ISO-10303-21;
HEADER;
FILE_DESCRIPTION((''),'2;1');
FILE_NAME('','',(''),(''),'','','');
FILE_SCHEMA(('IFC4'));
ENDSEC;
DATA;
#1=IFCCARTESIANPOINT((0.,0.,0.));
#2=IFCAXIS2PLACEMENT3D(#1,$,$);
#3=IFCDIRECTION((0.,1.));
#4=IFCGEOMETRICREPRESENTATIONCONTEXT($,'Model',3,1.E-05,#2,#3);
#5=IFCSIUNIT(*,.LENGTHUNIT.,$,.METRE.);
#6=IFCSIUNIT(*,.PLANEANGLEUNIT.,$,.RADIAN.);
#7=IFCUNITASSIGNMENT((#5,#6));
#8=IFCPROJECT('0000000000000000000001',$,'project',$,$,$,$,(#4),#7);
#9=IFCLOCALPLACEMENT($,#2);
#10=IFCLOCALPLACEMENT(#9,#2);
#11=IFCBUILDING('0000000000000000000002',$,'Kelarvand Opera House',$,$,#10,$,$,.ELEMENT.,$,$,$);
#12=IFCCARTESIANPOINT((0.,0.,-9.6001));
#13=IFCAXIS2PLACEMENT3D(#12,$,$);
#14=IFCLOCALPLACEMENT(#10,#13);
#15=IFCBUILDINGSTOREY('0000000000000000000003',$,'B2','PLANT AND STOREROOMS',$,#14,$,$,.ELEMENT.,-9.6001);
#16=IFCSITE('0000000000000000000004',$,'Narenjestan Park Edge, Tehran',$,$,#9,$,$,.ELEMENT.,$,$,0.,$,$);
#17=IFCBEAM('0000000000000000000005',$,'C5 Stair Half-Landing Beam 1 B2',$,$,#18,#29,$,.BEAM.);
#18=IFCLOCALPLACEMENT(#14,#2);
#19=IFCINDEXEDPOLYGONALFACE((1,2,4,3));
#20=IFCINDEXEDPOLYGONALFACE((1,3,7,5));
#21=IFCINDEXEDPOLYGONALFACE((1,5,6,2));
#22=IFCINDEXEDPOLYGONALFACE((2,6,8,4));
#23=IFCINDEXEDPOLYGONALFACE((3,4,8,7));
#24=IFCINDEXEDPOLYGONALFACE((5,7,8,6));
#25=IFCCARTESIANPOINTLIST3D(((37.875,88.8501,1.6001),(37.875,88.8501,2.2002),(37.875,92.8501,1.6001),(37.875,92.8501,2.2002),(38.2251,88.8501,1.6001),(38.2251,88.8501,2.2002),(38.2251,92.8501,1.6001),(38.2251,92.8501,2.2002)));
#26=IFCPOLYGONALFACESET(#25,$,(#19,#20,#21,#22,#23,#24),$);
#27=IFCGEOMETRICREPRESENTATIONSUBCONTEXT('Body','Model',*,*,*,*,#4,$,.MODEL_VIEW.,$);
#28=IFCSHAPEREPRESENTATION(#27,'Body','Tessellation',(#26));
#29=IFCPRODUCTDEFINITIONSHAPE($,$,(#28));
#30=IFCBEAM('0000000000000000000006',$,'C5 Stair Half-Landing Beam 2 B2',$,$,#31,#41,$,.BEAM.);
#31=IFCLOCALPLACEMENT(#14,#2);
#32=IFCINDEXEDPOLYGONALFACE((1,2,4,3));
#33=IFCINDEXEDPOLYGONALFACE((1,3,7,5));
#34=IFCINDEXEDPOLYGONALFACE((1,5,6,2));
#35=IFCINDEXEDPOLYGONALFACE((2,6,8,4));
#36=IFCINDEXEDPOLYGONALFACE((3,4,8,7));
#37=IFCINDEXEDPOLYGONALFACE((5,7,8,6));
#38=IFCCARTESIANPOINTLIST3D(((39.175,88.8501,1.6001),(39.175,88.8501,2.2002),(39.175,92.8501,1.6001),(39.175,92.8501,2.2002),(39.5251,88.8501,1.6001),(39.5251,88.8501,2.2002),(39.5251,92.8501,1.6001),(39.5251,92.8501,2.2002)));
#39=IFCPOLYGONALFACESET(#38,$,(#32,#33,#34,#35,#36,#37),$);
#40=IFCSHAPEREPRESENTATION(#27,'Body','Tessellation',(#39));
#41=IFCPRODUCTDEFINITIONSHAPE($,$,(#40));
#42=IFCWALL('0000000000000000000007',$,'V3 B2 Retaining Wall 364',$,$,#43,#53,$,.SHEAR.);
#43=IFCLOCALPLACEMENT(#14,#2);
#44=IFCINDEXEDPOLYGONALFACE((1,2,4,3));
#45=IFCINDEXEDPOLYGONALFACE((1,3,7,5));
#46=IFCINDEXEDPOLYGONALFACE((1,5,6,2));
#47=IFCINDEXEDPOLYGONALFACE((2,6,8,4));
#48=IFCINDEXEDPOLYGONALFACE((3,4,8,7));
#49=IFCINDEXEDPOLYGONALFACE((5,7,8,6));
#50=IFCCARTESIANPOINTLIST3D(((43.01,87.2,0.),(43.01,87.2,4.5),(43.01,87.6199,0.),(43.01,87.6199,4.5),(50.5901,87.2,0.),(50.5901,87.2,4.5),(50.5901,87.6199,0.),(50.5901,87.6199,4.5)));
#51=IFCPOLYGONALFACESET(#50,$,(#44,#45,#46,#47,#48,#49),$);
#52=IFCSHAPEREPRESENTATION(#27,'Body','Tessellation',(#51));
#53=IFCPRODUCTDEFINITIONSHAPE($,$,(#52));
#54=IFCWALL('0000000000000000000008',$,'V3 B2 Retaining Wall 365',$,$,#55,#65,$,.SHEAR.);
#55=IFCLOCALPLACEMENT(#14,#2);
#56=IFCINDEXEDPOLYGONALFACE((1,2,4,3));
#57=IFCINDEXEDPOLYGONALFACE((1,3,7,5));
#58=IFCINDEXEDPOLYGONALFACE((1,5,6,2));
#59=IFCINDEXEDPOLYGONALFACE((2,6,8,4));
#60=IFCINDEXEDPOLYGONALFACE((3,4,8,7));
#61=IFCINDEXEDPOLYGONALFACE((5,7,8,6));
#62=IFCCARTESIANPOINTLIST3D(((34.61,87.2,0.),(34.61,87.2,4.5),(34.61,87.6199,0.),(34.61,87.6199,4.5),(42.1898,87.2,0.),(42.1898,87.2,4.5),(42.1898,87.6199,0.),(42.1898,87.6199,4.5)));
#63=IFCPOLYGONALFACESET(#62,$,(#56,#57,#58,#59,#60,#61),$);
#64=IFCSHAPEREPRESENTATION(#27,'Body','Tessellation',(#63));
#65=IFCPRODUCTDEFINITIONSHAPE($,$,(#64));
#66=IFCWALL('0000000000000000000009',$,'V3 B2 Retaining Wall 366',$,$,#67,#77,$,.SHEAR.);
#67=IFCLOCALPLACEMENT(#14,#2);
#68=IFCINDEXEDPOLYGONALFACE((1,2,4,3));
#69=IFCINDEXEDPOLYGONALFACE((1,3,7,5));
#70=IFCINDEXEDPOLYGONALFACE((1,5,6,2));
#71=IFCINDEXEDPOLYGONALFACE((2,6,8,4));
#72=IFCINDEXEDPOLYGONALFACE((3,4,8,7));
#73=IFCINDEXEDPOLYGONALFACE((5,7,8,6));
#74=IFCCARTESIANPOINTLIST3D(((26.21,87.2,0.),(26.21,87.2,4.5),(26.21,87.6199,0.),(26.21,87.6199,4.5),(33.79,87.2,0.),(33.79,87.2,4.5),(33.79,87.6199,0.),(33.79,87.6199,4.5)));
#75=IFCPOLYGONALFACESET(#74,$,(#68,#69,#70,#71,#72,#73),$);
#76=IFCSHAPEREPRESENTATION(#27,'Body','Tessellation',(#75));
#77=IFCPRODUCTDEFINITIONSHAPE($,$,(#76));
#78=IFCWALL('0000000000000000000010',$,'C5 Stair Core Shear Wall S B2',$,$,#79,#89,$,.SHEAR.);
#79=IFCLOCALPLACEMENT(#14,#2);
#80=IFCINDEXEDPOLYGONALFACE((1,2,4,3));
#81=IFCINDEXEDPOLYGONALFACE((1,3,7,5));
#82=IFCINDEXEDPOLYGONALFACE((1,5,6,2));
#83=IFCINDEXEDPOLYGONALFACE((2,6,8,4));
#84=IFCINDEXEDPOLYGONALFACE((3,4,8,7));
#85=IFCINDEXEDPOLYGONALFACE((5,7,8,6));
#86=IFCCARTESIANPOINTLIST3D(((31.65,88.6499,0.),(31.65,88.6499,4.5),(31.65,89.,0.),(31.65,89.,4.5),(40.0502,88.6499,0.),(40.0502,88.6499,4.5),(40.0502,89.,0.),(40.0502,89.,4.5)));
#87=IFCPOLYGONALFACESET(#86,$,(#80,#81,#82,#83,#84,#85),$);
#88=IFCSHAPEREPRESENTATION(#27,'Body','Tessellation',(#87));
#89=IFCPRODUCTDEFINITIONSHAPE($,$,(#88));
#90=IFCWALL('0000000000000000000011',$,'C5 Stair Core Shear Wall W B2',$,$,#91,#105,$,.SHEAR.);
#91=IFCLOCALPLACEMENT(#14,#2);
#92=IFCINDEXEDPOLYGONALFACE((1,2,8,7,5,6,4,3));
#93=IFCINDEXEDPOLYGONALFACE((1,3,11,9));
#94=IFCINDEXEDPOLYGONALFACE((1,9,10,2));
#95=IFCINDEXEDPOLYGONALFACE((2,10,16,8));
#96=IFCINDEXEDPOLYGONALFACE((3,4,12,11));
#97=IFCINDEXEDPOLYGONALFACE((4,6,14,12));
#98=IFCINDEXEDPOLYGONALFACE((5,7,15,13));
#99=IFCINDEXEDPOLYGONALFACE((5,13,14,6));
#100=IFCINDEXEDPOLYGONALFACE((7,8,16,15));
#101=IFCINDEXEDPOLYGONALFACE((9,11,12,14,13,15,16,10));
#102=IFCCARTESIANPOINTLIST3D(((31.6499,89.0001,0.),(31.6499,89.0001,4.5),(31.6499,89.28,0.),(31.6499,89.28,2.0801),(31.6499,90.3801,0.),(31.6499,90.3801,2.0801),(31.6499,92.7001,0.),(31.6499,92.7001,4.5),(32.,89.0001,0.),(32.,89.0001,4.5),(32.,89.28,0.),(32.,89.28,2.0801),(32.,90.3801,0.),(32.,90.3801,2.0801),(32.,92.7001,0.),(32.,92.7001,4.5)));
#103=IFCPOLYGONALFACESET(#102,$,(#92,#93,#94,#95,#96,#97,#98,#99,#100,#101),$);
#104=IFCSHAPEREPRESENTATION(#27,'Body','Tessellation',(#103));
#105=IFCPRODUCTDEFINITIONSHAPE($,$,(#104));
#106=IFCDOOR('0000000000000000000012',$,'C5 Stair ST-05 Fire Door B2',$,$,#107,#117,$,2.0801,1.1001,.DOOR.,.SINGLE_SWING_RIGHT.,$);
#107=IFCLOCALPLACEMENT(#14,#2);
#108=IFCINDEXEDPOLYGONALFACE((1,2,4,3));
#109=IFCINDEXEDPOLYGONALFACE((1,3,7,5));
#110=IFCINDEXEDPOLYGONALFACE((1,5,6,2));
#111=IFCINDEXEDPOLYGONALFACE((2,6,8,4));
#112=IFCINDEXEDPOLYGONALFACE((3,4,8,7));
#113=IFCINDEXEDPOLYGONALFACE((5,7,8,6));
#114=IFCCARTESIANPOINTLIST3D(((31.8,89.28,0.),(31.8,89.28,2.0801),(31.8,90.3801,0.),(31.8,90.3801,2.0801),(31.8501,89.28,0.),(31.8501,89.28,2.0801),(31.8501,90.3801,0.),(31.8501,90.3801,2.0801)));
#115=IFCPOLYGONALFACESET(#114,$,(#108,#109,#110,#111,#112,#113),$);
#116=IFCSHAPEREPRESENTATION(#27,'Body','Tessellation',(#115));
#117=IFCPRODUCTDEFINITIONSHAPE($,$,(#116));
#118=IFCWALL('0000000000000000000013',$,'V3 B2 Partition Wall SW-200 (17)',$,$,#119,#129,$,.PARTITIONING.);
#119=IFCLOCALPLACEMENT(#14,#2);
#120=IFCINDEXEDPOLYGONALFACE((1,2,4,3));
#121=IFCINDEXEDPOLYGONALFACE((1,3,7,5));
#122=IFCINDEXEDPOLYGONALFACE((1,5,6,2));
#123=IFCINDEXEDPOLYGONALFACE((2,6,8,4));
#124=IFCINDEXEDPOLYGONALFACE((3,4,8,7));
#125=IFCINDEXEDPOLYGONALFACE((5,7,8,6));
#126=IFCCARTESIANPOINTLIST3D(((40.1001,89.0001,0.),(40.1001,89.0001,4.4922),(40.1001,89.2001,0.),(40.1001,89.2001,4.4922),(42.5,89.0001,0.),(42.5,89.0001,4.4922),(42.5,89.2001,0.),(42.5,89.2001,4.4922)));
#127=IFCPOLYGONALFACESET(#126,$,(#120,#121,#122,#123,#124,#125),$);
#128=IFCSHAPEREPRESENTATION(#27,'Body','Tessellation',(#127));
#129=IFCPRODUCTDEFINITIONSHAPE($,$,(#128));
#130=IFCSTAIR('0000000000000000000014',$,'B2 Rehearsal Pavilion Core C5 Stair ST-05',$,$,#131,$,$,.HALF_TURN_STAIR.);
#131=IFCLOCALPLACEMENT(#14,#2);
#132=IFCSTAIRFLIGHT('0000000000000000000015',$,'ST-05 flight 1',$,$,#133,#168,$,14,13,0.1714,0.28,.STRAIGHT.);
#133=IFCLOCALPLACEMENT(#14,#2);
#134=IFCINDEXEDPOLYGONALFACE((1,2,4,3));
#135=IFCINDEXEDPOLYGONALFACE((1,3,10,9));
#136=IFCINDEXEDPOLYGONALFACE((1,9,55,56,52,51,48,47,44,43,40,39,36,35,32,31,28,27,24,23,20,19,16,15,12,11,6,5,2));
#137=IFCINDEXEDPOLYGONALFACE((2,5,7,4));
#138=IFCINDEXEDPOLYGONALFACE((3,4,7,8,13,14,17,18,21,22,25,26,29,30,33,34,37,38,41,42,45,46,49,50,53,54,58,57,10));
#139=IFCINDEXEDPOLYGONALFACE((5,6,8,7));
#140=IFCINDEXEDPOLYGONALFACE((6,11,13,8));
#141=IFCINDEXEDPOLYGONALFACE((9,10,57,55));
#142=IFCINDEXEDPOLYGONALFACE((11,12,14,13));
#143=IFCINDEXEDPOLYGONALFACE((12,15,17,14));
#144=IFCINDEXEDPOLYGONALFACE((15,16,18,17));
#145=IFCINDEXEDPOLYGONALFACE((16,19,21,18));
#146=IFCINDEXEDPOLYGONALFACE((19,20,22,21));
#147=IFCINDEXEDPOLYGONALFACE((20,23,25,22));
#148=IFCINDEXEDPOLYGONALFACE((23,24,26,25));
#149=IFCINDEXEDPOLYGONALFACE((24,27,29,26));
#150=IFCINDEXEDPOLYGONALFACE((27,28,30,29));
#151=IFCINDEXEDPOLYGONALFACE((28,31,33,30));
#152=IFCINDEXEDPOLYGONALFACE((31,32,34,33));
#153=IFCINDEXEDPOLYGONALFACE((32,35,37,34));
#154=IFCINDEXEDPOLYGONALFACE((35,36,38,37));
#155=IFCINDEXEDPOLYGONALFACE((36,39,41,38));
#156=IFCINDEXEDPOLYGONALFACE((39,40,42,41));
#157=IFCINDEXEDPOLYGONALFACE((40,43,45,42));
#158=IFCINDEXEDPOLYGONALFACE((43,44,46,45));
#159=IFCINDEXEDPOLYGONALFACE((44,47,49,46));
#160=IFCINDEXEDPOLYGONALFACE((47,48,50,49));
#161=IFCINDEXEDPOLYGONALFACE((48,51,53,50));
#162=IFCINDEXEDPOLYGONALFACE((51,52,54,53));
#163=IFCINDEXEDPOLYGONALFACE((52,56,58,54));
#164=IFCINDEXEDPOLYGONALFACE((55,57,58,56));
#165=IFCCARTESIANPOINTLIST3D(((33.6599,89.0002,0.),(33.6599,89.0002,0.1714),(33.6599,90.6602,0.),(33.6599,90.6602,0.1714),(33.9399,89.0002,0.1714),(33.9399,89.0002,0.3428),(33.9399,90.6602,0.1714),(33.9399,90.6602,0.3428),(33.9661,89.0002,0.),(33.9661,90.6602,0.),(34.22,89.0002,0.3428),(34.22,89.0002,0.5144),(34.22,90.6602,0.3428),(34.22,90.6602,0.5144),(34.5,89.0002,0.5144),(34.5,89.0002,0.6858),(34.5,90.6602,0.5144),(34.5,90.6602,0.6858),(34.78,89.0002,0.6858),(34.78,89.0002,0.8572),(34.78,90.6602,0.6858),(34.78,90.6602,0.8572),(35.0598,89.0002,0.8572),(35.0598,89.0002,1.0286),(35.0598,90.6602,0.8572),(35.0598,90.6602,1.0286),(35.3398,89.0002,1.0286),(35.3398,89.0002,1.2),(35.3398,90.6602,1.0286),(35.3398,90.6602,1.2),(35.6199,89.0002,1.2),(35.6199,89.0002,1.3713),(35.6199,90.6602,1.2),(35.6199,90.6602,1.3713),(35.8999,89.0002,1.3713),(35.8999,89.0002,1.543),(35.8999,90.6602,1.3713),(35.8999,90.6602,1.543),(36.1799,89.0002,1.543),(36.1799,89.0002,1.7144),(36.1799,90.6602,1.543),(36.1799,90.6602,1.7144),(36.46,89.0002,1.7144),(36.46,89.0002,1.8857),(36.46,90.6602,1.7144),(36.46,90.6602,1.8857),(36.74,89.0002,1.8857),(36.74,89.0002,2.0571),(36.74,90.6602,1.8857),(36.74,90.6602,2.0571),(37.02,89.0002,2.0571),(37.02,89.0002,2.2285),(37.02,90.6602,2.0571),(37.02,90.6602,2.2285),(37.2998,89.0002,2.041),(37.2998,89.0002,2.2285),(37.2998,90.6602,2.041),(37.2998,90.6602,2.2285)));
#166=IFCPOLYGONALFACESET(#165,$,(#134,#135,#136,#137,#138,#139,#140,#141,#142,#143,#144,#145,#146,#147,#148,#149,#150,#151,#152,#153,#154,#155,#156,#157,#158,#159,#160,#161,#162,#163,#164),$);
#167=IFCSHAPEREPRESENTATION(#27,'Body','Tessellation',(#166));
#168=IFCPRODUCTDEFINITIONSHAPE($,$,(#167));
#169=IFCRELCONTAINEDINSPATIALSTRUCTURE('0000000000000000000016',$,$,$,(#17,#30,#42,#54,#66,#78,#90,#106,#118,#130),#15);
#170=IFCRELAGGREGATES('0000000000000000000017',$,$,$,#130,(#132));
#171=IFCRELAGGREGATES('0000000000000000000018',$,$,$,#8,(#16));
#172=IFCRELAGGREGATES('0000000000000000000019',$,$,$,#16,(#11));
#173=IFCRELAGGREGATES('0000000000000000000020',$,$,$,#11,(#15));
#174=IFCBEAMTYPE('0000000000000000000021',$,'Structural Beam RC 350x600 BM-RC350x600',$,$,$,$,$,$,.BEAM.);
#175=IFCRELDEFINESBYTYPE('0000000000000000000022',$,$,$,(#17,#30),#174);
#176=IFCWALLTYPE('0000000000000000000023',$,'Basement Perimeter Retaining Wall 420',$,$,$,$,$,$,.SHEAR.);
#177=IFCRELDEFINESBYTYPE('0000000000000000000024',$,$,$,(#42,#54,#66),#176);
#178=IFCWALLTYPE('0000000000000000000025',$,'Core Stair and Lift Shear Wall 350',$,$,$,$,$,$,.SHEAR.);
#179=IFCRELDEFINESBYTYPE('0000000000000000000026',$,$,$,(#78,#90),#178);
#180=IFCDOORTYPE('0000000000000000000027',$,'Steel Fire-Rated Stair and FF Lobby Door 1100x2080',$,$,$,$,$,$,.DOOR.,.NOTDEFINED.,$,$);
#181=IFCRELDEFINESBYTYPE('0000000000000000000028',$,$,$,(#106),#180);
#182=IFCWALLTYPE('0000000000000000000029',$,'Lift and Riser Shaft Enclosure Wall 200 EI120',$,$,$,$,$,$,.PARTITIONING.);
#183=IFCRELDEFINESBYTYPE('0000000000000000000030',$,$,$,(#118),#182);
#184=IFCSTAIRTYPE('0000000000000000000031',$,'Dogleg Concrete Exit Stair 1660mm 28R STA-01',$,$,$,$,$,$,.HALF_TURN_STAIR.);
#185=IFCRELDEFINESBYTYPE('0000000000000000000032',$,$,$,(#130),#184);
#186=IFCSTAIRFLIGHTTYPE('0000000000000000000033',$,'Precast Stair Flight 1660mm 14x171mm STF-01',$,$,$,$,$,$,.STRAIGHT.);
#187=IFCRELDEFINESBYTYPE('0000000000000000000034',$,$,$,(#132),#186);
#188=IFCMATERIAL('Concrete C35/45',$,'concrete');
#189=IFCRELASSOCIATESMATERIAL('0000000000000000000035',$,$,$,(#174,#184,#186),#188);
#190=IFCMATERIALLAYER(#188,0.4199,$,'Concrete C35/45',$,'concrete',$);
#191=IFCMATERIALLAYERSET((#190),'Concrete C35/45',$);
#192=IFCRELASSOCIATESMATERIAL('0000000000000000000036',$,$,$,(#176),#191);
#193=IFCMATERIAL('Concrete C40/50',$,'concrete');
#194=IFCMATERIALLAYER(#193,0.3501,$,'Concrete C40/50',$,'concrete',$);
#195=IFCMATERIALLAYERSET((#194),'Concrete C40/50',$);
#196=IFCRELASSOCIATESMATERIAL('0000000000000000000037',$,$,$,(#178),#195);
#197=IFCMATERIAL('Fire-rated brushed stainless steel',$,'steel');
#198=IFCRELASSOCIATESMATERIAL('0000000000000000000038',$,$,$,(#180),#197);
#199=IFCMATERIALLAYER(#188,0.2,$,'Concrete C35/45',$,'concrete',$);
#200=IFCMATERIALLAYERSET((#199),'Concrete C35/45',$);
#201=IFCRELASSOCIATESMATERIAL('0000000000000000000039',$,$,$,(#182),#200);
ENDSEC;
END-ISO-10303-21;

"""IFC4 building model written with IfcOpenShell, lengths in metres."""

from ifc_helpers import new_model, si_unit, direction, frame, frame_2d, origin, origin_2d, place, context, subcontext, project, spatial, polyline, rectangle, outline, extrude, material, layer, layer_set, material_profile, profile_set, type_object, element, fill, aggregate, save


model = new_model("IFC4")

# Units and contexts
model_context = context("Model", 3, precision=1e-05, world=origin(), true_north=direction((0.0, 1.0)))
body_context = subcontext(model_context, "Body", "Model", "MODEL_VIEW")
ifc_project = project(units=[si_unit("LENGTHUNIT", "METRE"), si_unit("PLANEANGLEUNIT", "RADIAN")], contexts=[model_context])

# Site, building, storey
site_placement = place(None, origin())
site = spatial("IfcSite", under=ifc_project, at=site_placement, Name="Narenjestan Park Edge, Tehran", CompositionType="ELEMENT", RefElevation=0.0)
building_placement = place(site_placement, origin())
building = spatial("IfcBuilding", under=site, at=building_placement, Name="Kelarvand Opera House", CompositionType="ELEMENT")
storey_placement = place(building_placement, frame((0.0, 0.0, -9.6001)))
storey = spatial("IfcBuildingStorey", under=building, at=storey_placement, Name="B2", Description="PLANT AND STOREROOMS", CompositionType="ELEMENT", Elevation=-9.6001)

# Shared definitions
ifc_material_1 = material(Name="Concrete C40/50", Category="concrete")

# Beams
ifc_material_2 = material(Name="Concrete C35/45", Category="concrete")
ifc_material_profile_1 = material_profile(ifc_material_2, rectangle(XDim=0.3501, YDim=0.6001, at=origin_2d()), Name="RC 350x600", Category="concrete")
ifc_profile_set_1 = profile_set([ifc_material_profile_1], Name="Concrete C35/45")
beam_type = type_object("IfcBeamType", Name="Structural Beam RC 350x600 BM-RC350x600", PredefinedType="BEAM", material=ifc_profile_set_1)
for number, where, z_axis, x_axis, name in (
    (1, (38.05, 88.8501, 1.9001), (0.0, 1.0, 0.0), (-1.0, 0.0, 0.0), "C5 Stair Half-Landing Beam 1 B2"),
    (2, (39.3501, 88.8501, 1.9001), (0.0, 1.0, 0.0), (-1.0, 0.0, 0.0), "C5 Stair Half-Landing Beam 2 B2"),
):
    element("IfcBeam", number, at=place(storey_placement, frame(where, z_axis=z_axis, x_axis=x_axis)), inside=storey, type_object=beam_type, Name=name, PredefinedType="BEAM", context=body_context, shape_type="SweptSolid", body=[
        extrude(rectangle(XDim=0.3501, YDim=0.6001, at=origin_2d()), origin(), (0.0, 0.0, 1.0), 4.0),
    ])

# Walls
ifc_layer_1 = layer(ifc_material_2, 0.4199, Name="Concrete C35/45", Category="concrete")
ifc_layer_set_1 = layer_set([ifc_layer_1], Name="Concrete C35/45")
wall_type_1 = type_object("IfcWallType", Name="Basement Perimeter Retaining Wall 420", PredefinedType="SHEAR", material=ifc_layer_set_1)
wall_1_placement = place(storey_placement, frame((50.5901, 87.4099, 0.0), z_axis=(0.0, 0.0, 1.0), x_axis=(-1.0, 0.0, 0.0)))
element("IfcWall", 3, at=wall_1_placement, inside=storey, type_object=wall_type_1, Name="V3 B2 Retaining Wall 364", PredefinedType="SHEAR", context=body_context, shape_type="SweptSolid", body=[
    extrude(rectangle(XDim=7.5801, YDim=0.4199, at=frame_2d((3.79, 0.0))), origin(), (0.0, 0.0, 1.0), 4.5),
])
wall_2_placement = place(storey_placement, frame((42.1899, 87.4099, 0.0), z_axis=(0.0, 0.0, 1.0), x_axis=(-1.0, 0.0, 0.0)))
element("IfcWall", 4, at=wall_2_placement, inside=storey, type_object=wall_type_1, Name="V3 B2 Retaining Wall 365", PredefinedType="SHEAR", context=body_context, shape_type="SweptSolid", body=[
    extrude(rectangle(XDim=7.5798, YDim=0.4199, at=frame_2d((3.79, 0.0))), origin(), (0.0, 0.0, 1.0), 4.5),
])
wall_3_placement = place(storey_placement, frame((33.79, 87.4099, 0.0), z_axis=(0.0, 0.0, 1.0), x_axis=(-1.0, 0.0, 0.0)))
element("IfcWall", 5, at=wall_3_placement, inside=storey, type_object=wall_type_1, Name="V3 B2 Retaining Wall 366", PredefinedType="SHEAR", context=body_context, shape_type="SweptSolid", body=[
    extrude(rectangle(XDim=7.5801, YDim=0.4199, at=frame_2d((3.79, 0.0))), origin(), (0.0, 0.0, 1.0), 4.5),
])
ifc_layer_2 = layer(ifc_material_1, 0.3501, Name="Concrete C40/50", Category="concrete")
ifc_layer_set_2 = layer_set([ifc_layer_2], Name="Concrete C40/50")
wall_type_2 = type_object("IfcWallType", Name="Core Stair and Lift Shear Wall 350", PredefinedType="SHEAR", material=ifc_layer_set_2)
wall_4_placement = place(storey_placement, frame((31.6499, 88.825, 0.0), z_axis=(0.0, 0.0, 1.0), x_axis=(1.0, 0.0, 0.0)))
element("IfcWall", 6, at=wall_4_placement, inside=storey, type_object=wall_type_2, Name="C5 Stair Core Shear Wall S B2", PredefinedType="SHEAR", context=body_context, shape_type="SweptSolid", body=[
    extrude(rectangle(XDim=8.4001, YDim=0.3501, at=frame_2d((4.2002, 0.0))), origin(), (0.0, 0.0, 1.0), 4.5),
])

# Wall, opening, door
wall_5_placement = place(storey_placement, frame((31.825, 89.0, 0.0), z_axis=(0.0, 0.0, 1.0), x_axis=(0.0, 1.0, 0.0)))
wall_5 = element("IfcWall", 7, at=wall_5_placement, inside=storey, type_object=wall_type_2, Name="C5 Stair Core Shear Wall W B2", PredefinedType="SHEAR", context=body_context, shape_type="SweptSolid", body=[
    extrude(rectangle(XDim=3.7, YDim=0.3501, at=frame_2d((1.8501, 0.0))), origin(), (0.0, 0.0, 1.0), 4.5),
])
opening_placement = place(wall_5_placement, frame((0.28, 0.0, 0.0)))
opening = element("IfcOpeningElement", 8, at=opening_placement, cuts=wall_5, PredefinedType="OPENING", context=body_context, shape_type="SweptSolid", body=[
    extrude(rectangle(XDim=1.1001, YDim=2.0801, at=frame_2d((0.55, 1.04))), frame((0.0, 0.1851, 0.0), z_axis=(0.0, -1.0, 0.0), x_axis=(1.0, 0.0, 0.0)), (0.0, 0.0, 1.0), 0.3701),
])
ifc_material_3 = material(Name="Fire-rated brushed stainless steel", Category="steel")
door_type = type_object("IfcDoorType", Name="Steel Fire-Rated Stair and FF Lobby Door 1100x2080", OperationType="NOTDEFINED", PredefinedType="DOOR", material=ifc_material_3)
door_placement = place(opening_placement, origin())
door = element("IfcDoor", 9, at=door_placement, inside=storey, type_object=door_type, Name="C5 Stair ST-05 Fire Door B2", OperationType="SINGLE_SWING_RIGHT", OverallHeight=2.0801, OverallWidth=1.1001, PredefinedType="DOOR", context=body_context, shape_type="SweptSolid", body=[
    extrude(rectangle(XDim=1.1001, YDim=2.0801, at=frame_2d((0.55, 1.04))), frame((0.0, 0.0249, 0.0), z_axis=(0.0, -1.0, 0.0), x_axis=(1.0, 0.0, 0.0)), (0.0, 0.0, 1.0), 0.05),
])
fill(opening, door)

# Wall
ifc_layer_3 = layer(ifc_material_2, 0.2, Name="Concrete C35/45", Category="concrete")
ifc_layer_set_3 = layer_set([ifc_layer_3], Name="Concrete C35/45")
wall_type_3 = type_object("IfcWallType", Name="Lift and Riser Shaft Enclosure Wall 200 EI120", PredefinedType="PARTITIONING", material=ifc_layer_set_3)
wall_6_placement = place(storey_placement, frame((40.1001, 89.1001, 0.0), z_axis=(0.0, 0.0, 1.0), x_axis=(1.0, 0.0, 0.0)))
element("IfcWall", 10, at=wall_6_placement, inside=storey, type_object=wall_type_3, Name="V3 B2 Partition Wall SW-200 (17)", PredefinedType="PARTITIONING", context=body_context, shape_type="SweptSolid", body=[
    extrude(rectangle(XDim=2.3999, YDim=0.2, at=frame_2d((1.2, 0.0))), origin(), (0.0, 0.0, 1.0), 4.4922),
])

# Stair, stair flight
stair_type = type_object("IfcStairType", Name="Dogleg Concrete Exit Stair 1660mm 28R STA-01", PredefinedType="HALF_TURN_STAIR", material=ifc_material_2)
stair_placement = place(storey_placement, origin())
stair = element("IfcStair", 11, at=stair_placement, inside=storey, type_object=stair_type, Name="B2 Rehearsal Pavilion Core C5 Stair ST-05", PredefinedType="HALF_TURN_STAIR")
stair_flight_type = type_object("IfcStairFlightType", Name="Precast Stair Flight 1660mm 14x171mm STF-01", PredefinedType="STRAIGHT", material=ifc_material_2)
stair_flight_placement = place(storey_placement, frame((33.6599, 89.8301, 0.0), z_axis=(0.0, 0.0, 1.0), x_axis=(1.0, 0.0, 0.0)))
stair_flight = element("IfcStairFlight", 12, at=stair_flight_placement, type_object=stair_flight_type, Name="ST-05 flight 1", NumberOfRisers=14, NumberOfTreads=13, PredefinedType="STRAIGHT", RiserHeight=0.1714, TreadLength=0.28, context=body_context, shape_type="SweptSolid", body=[
    extrude(outline(polyline([(0.0, 0.0), (0.0, 0.1714), (0.28, 0.1714), (0.28, 0.3428), (0.5601, 0.3428), (0.5601, 0.5144), (0.8401, 0.5144), (0.8401, 0.6858), (1.1201, 0.6858), (1.1201, 0.8572), (1.3999, 0.8572), (1.3999, 1.0286), (1.6799, 1.0286), (1.6799, 1.2), (1.96, 1.2), (1.96, 1.3713), (2.24, 1.3713), (2.24, 1.543), (2.52, 1.543), (2.52, 1.7144), (2.8, 1.7144), (2.8, 1.8857), (3.0801, 1.8857), (3.0801, 2.0571), (3.3601, 2.0571), (3.3601, 2.2285), (3.6399, 2.2285), (3.6399, 2.3999), (3.6399, 2.041), (0.3062, 0.0), (0.0, 0.0)])), frame((0.0, 0.8301, 0.0), z_axis=(0.0, -1.0, 0.0), x_axis=(1.0, 0.0, 0.0)), (0.0, 0.0, 1.0), 1.6599),
])
aggregate(stair, [stair_flight])

save(model, "model.ifc")
